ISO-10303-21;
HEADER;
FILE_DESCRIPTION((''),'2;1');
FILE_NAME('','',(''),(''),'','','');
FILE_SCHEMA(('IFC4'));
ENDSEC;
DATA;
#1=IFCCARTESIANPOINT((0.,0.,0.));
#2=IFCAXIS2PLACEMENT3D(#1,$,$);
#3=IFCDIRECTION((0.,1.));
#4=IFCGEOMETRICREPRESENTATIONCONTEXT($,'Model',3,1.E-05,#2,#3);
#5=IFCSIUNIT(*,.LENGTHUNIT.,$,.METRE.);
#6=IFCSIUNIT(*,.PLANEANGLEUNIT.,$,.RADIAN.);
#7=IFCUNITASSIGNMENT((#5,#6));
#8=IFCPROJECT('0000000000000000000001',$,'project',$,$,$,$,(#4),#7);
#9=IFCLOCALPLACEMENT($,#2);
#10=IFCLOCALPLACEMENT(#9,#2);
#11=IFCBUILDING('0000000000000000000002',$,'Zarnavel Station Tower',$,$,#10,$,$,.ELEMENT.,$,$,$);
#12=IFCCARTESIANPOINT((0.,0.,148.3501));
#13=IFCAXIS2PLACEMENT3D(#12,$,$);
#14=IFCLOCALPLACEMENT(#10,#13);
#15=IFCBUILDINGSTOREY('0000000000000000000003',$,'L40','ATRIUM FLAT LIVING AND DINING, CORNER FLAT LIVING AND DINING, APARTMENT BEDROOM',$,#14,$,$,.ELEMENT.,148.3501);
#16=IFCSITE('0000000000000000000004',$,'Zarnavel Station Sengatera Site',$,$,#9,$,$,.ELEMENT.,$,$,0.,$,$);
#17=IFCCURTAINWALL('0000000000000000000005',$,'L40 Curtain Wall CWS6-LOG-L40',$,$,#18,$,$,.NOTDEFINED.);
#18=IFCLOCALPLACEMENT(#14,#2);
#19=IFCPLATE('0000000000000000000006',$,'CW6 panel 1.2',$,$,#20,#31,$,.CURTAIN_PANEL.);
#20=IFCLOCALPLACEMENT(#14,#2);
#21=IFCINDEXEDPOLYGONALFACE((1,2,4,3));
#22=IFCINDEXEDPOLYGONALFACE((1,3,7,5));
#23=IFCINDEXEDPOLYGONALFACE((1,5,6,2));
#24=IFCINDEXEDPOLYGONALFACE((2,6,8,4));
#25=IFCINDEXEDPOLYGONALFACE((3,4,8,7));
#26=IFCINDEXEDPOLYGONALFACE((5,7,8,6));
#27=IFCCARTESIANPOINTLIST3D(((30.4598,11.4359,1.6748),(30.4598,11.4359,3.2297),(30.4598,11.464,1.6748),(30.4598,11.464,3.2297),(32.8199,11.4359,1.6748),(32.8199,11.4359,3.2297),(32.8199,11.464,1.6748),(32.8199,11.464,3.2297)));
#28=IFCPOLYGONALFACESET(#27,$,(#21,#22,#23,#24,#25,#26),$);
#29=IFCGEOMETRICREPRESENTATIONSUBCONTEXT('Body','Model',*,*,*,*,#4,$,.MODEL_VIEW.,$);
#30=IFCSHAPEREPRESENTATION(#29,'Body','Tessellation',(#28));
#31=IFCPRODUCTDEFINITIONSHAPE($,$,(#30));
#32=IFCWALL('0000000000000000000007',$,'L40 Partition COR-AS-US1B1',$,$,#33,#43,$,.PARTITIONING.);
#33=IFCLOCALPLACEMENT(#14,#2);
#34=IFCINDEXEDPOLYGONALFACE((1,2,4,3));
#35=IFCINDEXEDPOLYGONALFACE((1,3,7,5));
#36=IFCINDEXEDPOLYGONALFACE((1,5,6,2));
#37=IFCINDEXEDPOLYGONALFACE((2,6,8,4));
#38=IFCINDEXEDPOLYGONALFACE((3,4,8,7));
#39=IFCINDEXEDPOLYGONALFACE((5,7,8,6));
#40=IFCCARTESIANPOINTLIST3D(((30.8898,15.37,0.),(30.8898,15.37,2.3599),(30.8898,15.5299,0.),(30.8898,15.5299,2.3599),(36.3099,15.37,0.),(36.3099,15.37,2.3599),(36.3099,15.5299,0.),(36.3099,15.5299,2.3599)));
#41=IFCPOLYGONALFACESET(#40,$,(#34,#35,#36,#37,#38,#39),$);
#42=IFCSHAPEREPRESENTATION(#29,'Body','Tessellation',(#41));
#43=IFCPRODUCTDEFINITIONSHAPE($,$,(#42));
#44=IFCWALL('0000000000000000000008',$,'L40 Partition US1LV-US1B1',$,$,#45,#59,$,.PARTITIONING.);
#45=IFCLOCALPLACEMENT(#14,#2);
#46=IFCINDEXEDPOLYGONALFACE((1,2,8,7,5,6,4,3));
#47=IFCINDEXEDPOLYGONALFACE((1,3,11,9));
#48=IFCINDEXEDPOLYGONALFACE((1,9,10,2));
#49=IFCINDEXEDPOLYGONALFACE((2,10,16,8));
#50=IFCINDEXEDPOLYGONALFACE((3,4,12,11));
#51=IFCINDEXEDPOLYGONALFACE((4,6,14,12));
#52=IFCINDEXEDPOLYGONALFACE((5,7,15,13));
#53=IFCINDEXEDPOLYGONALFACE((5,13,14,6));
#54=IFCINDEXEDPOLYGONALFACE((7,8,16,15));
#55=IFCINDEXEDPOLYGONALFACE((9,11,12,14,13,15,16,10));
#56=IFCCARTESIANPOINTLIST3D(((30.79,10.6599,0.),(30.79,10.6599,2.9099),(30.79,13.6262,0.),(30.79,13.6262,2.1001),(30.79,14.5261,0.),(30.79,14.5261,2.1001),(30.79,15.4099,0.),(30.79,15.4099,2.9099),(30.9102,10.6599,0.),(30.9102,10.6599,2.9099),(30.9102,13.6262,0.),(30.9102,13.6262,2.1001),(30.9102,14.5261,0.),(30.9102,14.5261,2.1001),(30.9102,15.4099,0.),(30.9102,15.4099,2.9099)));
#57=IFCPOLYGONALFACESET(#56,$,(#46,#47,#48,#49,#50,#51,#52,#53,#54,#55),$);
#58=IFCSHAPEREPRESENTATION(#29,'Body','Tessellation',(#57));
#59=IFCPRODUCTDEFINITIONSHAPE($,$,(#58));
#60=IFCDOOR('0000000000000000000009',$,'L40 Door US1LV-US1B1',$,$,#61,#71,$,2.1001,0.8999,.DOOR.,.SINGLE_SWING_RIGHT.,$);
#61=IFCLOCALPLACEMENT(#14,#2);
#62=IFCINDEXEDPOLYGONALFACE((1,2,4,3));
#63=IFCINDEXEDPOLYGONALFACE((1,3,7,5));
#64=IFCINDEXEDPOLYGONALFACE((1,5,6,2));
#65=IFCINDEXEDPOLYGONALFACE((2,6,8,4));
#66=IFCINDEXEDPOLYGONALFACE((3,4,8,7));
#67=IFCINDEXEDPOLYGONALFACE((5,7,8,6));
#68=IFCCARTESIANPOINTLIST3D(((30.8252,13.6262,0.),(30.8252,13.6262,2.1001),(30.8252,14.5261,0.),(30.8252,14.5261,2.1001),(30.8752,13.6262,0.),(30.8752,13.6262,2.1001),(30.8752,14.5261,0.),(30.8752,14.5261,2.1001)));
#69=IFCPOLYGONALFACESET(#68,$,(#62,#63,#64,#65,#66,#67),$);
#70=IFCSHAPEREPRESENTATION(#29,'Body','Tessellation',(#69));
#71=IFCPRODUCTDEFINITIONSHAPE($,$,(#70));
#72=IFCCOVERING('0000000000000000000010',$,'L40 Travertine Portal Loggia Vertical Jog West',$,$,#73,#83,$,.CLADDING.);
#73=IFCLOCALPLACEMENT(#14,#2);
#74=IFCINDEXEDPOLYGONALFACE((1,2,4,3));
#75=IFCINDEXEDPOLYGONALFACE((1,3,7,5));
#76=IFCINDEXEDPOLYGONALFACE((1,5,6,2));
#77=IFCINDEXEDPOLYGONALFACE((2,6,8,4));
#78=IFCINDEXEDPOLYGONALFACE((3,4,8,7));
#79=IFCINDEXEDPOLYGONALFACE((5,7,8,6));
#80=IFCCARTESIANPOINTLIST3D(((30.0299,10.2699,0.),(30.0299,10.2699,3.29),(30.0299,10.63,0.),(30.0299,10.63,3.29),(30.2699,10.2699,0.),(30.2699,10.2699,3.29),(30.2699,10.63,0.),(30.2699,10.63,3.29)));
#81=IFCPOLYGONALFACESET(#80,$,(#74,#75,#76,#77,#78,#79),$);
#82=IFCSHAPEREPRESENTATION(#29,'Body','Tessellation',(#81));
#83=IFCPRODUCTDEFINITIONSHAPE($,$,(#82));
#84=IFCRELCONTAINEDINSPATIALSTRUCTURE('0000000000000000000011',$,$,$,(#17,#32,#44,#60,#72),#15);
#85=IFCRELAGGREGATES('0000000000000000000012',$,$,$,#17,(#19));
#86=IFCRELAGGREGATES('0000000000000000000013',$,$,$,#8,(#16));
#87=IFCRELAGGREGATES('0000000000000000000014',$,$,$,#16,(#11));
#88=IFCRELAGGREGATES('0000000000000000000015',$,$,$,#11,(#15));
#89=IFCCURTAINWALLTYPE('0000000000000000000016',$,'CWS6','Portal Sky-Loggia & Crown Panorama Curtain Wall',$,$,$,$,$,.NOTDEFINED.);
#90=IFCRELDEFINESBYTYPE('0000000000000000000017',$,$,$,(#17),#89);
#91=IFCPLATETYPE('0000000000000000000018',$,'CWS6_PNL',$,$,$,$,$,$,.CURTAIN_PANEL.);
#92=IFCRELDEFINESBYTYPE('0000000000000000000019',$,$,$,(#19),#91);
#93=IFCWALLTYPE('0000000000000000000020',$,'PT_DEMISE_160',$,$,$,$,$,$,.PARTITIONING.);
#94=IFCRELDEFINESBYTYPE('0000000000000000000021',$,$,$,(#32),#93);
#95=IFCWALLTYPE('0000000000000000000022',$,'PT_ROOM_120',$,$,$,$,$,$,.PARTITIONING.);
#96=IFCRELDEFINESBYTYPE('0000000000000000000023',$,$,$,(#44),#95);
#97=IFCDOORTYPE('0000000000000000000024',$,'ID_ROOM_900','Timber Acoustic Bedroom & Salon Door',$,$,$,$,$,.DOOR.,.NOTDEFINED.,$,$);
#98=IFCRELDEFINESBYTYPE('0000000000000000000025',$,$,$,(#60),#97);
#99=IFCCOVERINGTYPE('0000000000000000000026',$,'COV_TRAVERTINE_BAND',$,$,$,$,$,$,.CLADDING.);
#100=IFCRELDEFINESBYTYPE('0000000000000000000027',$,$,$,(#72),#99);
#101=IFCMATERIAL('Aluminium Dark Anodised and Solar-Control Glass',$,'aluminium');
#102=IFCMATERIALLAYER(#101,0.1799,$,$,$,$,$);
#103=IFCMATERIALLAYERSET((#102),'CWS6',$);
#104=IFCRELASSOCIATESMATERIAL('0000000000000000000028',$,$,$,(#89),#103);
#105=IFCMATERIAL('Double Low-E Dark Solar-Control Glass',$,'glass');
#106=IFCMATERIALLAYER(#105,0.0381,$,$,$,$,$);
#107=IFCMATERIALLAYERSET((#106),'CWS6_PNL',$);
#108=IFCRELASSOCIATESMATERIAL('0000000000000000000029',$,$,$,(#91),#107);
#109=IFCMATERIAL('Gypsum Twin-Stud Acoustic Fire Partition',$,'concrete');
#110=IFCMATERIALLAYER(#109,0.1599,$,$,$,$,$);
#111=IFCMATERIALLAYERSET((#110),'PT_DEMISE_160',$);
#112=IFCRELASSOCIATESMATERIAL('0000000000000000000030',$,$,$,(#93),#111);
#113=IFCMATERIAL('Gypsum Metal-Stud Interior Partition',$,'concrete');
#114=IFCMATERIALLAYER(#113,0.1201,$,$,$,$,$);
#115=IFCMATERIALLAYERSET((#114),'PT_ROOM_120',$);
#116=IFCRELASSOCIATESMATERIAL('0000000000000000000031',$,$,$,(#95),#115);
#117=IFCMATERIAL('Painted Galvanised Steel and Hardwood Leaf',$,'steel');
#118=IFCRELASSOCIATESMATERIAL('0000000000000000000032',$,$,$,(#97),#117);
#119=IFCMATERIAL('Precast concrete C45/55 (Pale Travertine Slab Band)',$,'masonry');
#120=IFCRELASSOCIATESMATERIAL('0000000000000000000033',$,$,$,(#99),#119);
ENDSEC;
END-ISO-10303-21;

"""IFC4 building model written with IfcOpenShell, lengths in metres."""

from ifc_helpers import new_model, si_unit, direction, frame, frame_2d, origin, origin_2d, place, context, subcontext, project, spatial, rectangle, extrude, material, layer, layer_set, type_object, element, fill, aggregate, save


model = new_model("IFC4")

# Units and contexts
model_context = context("Model", 3, precision=1e-05, world=origin(), true_north=direction((0.0, 1.0)))
body_context = subcontext(model_context, "Body", "Model", "MODEL_VIEW")
ifc_project = project(units=[si_unit("LENGTHUNIT", "METRE"), si_unit("PLANEANGLEUNIT", "RADIAN")], contexts=[model_context])

# Site, building, storey
site_placement = place(None, origin())
site = spatial("IfcSite", under=ifc_project, at=site_placement, Name="Zarnavel Station Sengatera Site", CompositionType="ELEMENT", RefElevation=0.0)
building_placement = place(site_placement, origin())
building = spatial("IfcBuilding", under=site, at=building_placement, Name="Zarnavel Station Tower", CompositionType="ELEMENT")
storey_placement = place(building_placement, frame((0.0, 0.0, 148.3501)))
storey = spatial("IfcBuildingStorey", under=building, at=storey_placement, Name="L40", Description="ATRIUM FLAT LIVING AND DINING, CORNER FLAT LIVING AND DINING, APARTMENT BEDROOM", CompositionType="ELEMENT", Elevation=148.3501)

# Curtain wall
ifc_material_1 = material(Name="Aluminium Dark Anodised and Solar-Control Glass", Category="aluminium")
ifc_layer_1 = layer(ifc_material_1, 0.1799)
ifc_layer_set_1 = layer_set([ifc_layer_1], Name="CWS6")
curtain_wall_type_1 = type_object("IfcCurtainWallType", Name="CWS6", Description="Portal Sky-Loggia & Crown Panorama Curtain Wall", PredefinedType="NOTDEFINED", material=ifc_layer_set_1)
curtain_wall_1_placement = place(storey_placement, origin())
curtain_wall_1 = element("IfcCurtainWall", 1, at=curtain_wall_1_placement, inside=storey, type_object=curtain_wall_type_1, Name="L40 Curtain Wall CWS6-LOG-L40", PredefinedType="NOTDEFINED")

# Plate
ifc_material_2 = material(Name="Double Low-E Dark Solar-Control Glass", Category="glass")
ifc_layer_2 = layer(ifc_material_2, 0.0381)
ifc_layer_set_2 = layer_set([ifc_layer_2], Name="CWS6_PNL")
plate_type_1 = type_object("IfcPlateType", Name="CWS6_PNL", PredefinedType="CURTAIN_PANEL", material=ifc_layer_set_2)
plate_1_placement = place(storey_placement, frame((31.6399, 11.45, 1.6748), z_axis=(0.0, 0.0, 1.0), x_axis=(1.0, 0.0, 0.0)))
plate_1 = element("IfcPlate", 2, at=plate_1_placement, type_object=plate_type_1, Name="CW6 panel 1.2", PredefinedType="CURTAIN_PANEL", context=body_context, shape_type="SweptSolid", body=[
    extrude(rectangle(XDim=2.3601, YDim=0.0281, at=origin_2d()), origin(), (0.0, 0.0, 1.0), 1.5549),
])
aggregate(curtain_wall_1, [plate_1])

# Wall
ifc_material_3 = material(Name="Gypsum Twin-Stud Acoustic Fire Partition", Category="concrete")
ifc_layer_3 = layer(ifc_material_3, 0.1599)
ifc_layer_set_3 = layer_set([ifc_layer_3], Name="PT_DEMISE_160")
wall_type_1 = type_object("IfcWallType", Name="PT_DEMISE_160", PredefinedType="PARTITIONING", material=ifc_layer_set_3)
wall_1_placement = place(storey_placement, frame((30.8899, 15.45, 0.0), z_axis=(0.0, 0.0, 1.0), x_axis=(1.0, 0.0, 0.0)))
element("IfcWall", 3, at=wall_1_placement, inside=storey, type_object=wall_type_1, Name="L40 Partition COR-AS-US1B1", PredefinedType="PARTITIONING", context=body_context, shape_type="SweptSolid", body=[
    extrude(rectangle(XDim=5.4202, YDim=0.1599, at=frame_2d((2.71, 0.0))), origin(), (0.0, 0.0, 1.0), 2.3599),
])

# Wall, opening, door
ifc_material_4 = material(Name="Gypsum Metal-Stud Interior Partition", Category="concrete")
ifc_layer_4 = layer(ifc_material_4, 0.1201)
ifc_layer_set_4 = layer_set([ifc_layer_4], Name="PT_ROOM_120")
wall_type_2 = type_object("IfcWallType", Name="PT_ROOM_120", PredefinedType="PARTITIONING", material=ifc_layer_set_4)
wall_2_placement = place(storey_placement, frame((30.8501, 10.6599, 0.0), z_axis=(0.0, 0.0, 1.0), x_axis=(0.0, 1.0, 0.0)))
wall_2 = element("IfcWall", 4, at=wall_2_placement, inside=storey, type_object=wall_type_2, Name="L40 Partition US1LV-US1B1", PredefinedType="PARTITIONING", context=body_context, shape_type="SweptSolid", body=[
    extrude(rectangle(XDim=4.75, YDim=0.1201, at=frame_2d((2.375, 0.0))), origin(), (0.0, 0.0, 1.0), 2.9099),
])
opening_placement = place(wall_2_placement, frame((2.9663, 0.0, 0.0)))
opening = element("IfcOpeningElement", 5, at=opening_placement, cuts=wall_2, PredefinedType="OPENING", context=body_context, shape_type="SweptSolid", body=[
    extrude(rectangle(XDim=0.8999, YDim=2.1001, at=frame_2d((0.45, 1.05))), frame((0.0, 0.0701, 0.0), z_axis=(0.0, -1.0, 0.0), x_axis=(1.0, 0.0, 0.0)), (0.0, 0.0, 1.0), 0.1401),
])
ifc_material_5 = material(Name="Painted Galvanised Steel and Hardwood Leaf", Category="steel")
door_type = type_object("IfcDoorType", Name="ID_ROOM_900", Description="Timber Acoustic Bedroom & Salon Door", OperationType="NOTDEFINED", PredefinedType="DOOR", material=ifc_material_5)
door_placement = place(opening_placement, origin())
door = element("IfcDoor", 6, at=door_placement, inside=storey, type_object=door_type, Name="L40 Door US1LV-US1B1", OperationType="SINGLE_SWING_RIGHT", OverallHeight=2.1001, OverallWidth=0.8999, PredefinedType="DOOR", context=body_context, shape_type="SweptSolid", body=[
    extrude(rectangle(XDim=0.8999, YDim=2.1001, at=frame_2d((0.45, 1.05))), frame((0.0, 0.0249, 0.0), z_axis=(0.0, -1.0, 0.0), x_axis=(1.0, 0.0, 0.0)), (0.0, 0.0, 1.0), 0.05),
])
fill(opening, door)

# Covering
ifc_material_6 = material(Name="Precast concrete C45/55 (Pale Travertine Slab Band)", Category="masonry")
covering_type = type_object("IfcCoveringType", Name="COV_TRAVERTINE_BAND", PredefinedType="CLADDING", material=ifc_material_6)
covering_placement = place(storey_placement, frame((30.1499, 10.45, 0.0), z_axis=(0.0, 0.0, 1.0), x_axis=(1.0, 0.0, 0.0)))
element("IfcCovering", 7, at=covering_placement, inside=storey, type_object=covering_type, Name="L40 Travertine Portal Loggia Vertical Jog West", PredefinedType="CLADDING", context=body_context, shape_type="SweptSolid", body=[
    extrude(rectangle(XDim=0.24, YDim=0.3601, at=origin_2d()), origin(), (0.0, 0.0, 1.0), 3.29),
])

save(model, "model.ifc")
